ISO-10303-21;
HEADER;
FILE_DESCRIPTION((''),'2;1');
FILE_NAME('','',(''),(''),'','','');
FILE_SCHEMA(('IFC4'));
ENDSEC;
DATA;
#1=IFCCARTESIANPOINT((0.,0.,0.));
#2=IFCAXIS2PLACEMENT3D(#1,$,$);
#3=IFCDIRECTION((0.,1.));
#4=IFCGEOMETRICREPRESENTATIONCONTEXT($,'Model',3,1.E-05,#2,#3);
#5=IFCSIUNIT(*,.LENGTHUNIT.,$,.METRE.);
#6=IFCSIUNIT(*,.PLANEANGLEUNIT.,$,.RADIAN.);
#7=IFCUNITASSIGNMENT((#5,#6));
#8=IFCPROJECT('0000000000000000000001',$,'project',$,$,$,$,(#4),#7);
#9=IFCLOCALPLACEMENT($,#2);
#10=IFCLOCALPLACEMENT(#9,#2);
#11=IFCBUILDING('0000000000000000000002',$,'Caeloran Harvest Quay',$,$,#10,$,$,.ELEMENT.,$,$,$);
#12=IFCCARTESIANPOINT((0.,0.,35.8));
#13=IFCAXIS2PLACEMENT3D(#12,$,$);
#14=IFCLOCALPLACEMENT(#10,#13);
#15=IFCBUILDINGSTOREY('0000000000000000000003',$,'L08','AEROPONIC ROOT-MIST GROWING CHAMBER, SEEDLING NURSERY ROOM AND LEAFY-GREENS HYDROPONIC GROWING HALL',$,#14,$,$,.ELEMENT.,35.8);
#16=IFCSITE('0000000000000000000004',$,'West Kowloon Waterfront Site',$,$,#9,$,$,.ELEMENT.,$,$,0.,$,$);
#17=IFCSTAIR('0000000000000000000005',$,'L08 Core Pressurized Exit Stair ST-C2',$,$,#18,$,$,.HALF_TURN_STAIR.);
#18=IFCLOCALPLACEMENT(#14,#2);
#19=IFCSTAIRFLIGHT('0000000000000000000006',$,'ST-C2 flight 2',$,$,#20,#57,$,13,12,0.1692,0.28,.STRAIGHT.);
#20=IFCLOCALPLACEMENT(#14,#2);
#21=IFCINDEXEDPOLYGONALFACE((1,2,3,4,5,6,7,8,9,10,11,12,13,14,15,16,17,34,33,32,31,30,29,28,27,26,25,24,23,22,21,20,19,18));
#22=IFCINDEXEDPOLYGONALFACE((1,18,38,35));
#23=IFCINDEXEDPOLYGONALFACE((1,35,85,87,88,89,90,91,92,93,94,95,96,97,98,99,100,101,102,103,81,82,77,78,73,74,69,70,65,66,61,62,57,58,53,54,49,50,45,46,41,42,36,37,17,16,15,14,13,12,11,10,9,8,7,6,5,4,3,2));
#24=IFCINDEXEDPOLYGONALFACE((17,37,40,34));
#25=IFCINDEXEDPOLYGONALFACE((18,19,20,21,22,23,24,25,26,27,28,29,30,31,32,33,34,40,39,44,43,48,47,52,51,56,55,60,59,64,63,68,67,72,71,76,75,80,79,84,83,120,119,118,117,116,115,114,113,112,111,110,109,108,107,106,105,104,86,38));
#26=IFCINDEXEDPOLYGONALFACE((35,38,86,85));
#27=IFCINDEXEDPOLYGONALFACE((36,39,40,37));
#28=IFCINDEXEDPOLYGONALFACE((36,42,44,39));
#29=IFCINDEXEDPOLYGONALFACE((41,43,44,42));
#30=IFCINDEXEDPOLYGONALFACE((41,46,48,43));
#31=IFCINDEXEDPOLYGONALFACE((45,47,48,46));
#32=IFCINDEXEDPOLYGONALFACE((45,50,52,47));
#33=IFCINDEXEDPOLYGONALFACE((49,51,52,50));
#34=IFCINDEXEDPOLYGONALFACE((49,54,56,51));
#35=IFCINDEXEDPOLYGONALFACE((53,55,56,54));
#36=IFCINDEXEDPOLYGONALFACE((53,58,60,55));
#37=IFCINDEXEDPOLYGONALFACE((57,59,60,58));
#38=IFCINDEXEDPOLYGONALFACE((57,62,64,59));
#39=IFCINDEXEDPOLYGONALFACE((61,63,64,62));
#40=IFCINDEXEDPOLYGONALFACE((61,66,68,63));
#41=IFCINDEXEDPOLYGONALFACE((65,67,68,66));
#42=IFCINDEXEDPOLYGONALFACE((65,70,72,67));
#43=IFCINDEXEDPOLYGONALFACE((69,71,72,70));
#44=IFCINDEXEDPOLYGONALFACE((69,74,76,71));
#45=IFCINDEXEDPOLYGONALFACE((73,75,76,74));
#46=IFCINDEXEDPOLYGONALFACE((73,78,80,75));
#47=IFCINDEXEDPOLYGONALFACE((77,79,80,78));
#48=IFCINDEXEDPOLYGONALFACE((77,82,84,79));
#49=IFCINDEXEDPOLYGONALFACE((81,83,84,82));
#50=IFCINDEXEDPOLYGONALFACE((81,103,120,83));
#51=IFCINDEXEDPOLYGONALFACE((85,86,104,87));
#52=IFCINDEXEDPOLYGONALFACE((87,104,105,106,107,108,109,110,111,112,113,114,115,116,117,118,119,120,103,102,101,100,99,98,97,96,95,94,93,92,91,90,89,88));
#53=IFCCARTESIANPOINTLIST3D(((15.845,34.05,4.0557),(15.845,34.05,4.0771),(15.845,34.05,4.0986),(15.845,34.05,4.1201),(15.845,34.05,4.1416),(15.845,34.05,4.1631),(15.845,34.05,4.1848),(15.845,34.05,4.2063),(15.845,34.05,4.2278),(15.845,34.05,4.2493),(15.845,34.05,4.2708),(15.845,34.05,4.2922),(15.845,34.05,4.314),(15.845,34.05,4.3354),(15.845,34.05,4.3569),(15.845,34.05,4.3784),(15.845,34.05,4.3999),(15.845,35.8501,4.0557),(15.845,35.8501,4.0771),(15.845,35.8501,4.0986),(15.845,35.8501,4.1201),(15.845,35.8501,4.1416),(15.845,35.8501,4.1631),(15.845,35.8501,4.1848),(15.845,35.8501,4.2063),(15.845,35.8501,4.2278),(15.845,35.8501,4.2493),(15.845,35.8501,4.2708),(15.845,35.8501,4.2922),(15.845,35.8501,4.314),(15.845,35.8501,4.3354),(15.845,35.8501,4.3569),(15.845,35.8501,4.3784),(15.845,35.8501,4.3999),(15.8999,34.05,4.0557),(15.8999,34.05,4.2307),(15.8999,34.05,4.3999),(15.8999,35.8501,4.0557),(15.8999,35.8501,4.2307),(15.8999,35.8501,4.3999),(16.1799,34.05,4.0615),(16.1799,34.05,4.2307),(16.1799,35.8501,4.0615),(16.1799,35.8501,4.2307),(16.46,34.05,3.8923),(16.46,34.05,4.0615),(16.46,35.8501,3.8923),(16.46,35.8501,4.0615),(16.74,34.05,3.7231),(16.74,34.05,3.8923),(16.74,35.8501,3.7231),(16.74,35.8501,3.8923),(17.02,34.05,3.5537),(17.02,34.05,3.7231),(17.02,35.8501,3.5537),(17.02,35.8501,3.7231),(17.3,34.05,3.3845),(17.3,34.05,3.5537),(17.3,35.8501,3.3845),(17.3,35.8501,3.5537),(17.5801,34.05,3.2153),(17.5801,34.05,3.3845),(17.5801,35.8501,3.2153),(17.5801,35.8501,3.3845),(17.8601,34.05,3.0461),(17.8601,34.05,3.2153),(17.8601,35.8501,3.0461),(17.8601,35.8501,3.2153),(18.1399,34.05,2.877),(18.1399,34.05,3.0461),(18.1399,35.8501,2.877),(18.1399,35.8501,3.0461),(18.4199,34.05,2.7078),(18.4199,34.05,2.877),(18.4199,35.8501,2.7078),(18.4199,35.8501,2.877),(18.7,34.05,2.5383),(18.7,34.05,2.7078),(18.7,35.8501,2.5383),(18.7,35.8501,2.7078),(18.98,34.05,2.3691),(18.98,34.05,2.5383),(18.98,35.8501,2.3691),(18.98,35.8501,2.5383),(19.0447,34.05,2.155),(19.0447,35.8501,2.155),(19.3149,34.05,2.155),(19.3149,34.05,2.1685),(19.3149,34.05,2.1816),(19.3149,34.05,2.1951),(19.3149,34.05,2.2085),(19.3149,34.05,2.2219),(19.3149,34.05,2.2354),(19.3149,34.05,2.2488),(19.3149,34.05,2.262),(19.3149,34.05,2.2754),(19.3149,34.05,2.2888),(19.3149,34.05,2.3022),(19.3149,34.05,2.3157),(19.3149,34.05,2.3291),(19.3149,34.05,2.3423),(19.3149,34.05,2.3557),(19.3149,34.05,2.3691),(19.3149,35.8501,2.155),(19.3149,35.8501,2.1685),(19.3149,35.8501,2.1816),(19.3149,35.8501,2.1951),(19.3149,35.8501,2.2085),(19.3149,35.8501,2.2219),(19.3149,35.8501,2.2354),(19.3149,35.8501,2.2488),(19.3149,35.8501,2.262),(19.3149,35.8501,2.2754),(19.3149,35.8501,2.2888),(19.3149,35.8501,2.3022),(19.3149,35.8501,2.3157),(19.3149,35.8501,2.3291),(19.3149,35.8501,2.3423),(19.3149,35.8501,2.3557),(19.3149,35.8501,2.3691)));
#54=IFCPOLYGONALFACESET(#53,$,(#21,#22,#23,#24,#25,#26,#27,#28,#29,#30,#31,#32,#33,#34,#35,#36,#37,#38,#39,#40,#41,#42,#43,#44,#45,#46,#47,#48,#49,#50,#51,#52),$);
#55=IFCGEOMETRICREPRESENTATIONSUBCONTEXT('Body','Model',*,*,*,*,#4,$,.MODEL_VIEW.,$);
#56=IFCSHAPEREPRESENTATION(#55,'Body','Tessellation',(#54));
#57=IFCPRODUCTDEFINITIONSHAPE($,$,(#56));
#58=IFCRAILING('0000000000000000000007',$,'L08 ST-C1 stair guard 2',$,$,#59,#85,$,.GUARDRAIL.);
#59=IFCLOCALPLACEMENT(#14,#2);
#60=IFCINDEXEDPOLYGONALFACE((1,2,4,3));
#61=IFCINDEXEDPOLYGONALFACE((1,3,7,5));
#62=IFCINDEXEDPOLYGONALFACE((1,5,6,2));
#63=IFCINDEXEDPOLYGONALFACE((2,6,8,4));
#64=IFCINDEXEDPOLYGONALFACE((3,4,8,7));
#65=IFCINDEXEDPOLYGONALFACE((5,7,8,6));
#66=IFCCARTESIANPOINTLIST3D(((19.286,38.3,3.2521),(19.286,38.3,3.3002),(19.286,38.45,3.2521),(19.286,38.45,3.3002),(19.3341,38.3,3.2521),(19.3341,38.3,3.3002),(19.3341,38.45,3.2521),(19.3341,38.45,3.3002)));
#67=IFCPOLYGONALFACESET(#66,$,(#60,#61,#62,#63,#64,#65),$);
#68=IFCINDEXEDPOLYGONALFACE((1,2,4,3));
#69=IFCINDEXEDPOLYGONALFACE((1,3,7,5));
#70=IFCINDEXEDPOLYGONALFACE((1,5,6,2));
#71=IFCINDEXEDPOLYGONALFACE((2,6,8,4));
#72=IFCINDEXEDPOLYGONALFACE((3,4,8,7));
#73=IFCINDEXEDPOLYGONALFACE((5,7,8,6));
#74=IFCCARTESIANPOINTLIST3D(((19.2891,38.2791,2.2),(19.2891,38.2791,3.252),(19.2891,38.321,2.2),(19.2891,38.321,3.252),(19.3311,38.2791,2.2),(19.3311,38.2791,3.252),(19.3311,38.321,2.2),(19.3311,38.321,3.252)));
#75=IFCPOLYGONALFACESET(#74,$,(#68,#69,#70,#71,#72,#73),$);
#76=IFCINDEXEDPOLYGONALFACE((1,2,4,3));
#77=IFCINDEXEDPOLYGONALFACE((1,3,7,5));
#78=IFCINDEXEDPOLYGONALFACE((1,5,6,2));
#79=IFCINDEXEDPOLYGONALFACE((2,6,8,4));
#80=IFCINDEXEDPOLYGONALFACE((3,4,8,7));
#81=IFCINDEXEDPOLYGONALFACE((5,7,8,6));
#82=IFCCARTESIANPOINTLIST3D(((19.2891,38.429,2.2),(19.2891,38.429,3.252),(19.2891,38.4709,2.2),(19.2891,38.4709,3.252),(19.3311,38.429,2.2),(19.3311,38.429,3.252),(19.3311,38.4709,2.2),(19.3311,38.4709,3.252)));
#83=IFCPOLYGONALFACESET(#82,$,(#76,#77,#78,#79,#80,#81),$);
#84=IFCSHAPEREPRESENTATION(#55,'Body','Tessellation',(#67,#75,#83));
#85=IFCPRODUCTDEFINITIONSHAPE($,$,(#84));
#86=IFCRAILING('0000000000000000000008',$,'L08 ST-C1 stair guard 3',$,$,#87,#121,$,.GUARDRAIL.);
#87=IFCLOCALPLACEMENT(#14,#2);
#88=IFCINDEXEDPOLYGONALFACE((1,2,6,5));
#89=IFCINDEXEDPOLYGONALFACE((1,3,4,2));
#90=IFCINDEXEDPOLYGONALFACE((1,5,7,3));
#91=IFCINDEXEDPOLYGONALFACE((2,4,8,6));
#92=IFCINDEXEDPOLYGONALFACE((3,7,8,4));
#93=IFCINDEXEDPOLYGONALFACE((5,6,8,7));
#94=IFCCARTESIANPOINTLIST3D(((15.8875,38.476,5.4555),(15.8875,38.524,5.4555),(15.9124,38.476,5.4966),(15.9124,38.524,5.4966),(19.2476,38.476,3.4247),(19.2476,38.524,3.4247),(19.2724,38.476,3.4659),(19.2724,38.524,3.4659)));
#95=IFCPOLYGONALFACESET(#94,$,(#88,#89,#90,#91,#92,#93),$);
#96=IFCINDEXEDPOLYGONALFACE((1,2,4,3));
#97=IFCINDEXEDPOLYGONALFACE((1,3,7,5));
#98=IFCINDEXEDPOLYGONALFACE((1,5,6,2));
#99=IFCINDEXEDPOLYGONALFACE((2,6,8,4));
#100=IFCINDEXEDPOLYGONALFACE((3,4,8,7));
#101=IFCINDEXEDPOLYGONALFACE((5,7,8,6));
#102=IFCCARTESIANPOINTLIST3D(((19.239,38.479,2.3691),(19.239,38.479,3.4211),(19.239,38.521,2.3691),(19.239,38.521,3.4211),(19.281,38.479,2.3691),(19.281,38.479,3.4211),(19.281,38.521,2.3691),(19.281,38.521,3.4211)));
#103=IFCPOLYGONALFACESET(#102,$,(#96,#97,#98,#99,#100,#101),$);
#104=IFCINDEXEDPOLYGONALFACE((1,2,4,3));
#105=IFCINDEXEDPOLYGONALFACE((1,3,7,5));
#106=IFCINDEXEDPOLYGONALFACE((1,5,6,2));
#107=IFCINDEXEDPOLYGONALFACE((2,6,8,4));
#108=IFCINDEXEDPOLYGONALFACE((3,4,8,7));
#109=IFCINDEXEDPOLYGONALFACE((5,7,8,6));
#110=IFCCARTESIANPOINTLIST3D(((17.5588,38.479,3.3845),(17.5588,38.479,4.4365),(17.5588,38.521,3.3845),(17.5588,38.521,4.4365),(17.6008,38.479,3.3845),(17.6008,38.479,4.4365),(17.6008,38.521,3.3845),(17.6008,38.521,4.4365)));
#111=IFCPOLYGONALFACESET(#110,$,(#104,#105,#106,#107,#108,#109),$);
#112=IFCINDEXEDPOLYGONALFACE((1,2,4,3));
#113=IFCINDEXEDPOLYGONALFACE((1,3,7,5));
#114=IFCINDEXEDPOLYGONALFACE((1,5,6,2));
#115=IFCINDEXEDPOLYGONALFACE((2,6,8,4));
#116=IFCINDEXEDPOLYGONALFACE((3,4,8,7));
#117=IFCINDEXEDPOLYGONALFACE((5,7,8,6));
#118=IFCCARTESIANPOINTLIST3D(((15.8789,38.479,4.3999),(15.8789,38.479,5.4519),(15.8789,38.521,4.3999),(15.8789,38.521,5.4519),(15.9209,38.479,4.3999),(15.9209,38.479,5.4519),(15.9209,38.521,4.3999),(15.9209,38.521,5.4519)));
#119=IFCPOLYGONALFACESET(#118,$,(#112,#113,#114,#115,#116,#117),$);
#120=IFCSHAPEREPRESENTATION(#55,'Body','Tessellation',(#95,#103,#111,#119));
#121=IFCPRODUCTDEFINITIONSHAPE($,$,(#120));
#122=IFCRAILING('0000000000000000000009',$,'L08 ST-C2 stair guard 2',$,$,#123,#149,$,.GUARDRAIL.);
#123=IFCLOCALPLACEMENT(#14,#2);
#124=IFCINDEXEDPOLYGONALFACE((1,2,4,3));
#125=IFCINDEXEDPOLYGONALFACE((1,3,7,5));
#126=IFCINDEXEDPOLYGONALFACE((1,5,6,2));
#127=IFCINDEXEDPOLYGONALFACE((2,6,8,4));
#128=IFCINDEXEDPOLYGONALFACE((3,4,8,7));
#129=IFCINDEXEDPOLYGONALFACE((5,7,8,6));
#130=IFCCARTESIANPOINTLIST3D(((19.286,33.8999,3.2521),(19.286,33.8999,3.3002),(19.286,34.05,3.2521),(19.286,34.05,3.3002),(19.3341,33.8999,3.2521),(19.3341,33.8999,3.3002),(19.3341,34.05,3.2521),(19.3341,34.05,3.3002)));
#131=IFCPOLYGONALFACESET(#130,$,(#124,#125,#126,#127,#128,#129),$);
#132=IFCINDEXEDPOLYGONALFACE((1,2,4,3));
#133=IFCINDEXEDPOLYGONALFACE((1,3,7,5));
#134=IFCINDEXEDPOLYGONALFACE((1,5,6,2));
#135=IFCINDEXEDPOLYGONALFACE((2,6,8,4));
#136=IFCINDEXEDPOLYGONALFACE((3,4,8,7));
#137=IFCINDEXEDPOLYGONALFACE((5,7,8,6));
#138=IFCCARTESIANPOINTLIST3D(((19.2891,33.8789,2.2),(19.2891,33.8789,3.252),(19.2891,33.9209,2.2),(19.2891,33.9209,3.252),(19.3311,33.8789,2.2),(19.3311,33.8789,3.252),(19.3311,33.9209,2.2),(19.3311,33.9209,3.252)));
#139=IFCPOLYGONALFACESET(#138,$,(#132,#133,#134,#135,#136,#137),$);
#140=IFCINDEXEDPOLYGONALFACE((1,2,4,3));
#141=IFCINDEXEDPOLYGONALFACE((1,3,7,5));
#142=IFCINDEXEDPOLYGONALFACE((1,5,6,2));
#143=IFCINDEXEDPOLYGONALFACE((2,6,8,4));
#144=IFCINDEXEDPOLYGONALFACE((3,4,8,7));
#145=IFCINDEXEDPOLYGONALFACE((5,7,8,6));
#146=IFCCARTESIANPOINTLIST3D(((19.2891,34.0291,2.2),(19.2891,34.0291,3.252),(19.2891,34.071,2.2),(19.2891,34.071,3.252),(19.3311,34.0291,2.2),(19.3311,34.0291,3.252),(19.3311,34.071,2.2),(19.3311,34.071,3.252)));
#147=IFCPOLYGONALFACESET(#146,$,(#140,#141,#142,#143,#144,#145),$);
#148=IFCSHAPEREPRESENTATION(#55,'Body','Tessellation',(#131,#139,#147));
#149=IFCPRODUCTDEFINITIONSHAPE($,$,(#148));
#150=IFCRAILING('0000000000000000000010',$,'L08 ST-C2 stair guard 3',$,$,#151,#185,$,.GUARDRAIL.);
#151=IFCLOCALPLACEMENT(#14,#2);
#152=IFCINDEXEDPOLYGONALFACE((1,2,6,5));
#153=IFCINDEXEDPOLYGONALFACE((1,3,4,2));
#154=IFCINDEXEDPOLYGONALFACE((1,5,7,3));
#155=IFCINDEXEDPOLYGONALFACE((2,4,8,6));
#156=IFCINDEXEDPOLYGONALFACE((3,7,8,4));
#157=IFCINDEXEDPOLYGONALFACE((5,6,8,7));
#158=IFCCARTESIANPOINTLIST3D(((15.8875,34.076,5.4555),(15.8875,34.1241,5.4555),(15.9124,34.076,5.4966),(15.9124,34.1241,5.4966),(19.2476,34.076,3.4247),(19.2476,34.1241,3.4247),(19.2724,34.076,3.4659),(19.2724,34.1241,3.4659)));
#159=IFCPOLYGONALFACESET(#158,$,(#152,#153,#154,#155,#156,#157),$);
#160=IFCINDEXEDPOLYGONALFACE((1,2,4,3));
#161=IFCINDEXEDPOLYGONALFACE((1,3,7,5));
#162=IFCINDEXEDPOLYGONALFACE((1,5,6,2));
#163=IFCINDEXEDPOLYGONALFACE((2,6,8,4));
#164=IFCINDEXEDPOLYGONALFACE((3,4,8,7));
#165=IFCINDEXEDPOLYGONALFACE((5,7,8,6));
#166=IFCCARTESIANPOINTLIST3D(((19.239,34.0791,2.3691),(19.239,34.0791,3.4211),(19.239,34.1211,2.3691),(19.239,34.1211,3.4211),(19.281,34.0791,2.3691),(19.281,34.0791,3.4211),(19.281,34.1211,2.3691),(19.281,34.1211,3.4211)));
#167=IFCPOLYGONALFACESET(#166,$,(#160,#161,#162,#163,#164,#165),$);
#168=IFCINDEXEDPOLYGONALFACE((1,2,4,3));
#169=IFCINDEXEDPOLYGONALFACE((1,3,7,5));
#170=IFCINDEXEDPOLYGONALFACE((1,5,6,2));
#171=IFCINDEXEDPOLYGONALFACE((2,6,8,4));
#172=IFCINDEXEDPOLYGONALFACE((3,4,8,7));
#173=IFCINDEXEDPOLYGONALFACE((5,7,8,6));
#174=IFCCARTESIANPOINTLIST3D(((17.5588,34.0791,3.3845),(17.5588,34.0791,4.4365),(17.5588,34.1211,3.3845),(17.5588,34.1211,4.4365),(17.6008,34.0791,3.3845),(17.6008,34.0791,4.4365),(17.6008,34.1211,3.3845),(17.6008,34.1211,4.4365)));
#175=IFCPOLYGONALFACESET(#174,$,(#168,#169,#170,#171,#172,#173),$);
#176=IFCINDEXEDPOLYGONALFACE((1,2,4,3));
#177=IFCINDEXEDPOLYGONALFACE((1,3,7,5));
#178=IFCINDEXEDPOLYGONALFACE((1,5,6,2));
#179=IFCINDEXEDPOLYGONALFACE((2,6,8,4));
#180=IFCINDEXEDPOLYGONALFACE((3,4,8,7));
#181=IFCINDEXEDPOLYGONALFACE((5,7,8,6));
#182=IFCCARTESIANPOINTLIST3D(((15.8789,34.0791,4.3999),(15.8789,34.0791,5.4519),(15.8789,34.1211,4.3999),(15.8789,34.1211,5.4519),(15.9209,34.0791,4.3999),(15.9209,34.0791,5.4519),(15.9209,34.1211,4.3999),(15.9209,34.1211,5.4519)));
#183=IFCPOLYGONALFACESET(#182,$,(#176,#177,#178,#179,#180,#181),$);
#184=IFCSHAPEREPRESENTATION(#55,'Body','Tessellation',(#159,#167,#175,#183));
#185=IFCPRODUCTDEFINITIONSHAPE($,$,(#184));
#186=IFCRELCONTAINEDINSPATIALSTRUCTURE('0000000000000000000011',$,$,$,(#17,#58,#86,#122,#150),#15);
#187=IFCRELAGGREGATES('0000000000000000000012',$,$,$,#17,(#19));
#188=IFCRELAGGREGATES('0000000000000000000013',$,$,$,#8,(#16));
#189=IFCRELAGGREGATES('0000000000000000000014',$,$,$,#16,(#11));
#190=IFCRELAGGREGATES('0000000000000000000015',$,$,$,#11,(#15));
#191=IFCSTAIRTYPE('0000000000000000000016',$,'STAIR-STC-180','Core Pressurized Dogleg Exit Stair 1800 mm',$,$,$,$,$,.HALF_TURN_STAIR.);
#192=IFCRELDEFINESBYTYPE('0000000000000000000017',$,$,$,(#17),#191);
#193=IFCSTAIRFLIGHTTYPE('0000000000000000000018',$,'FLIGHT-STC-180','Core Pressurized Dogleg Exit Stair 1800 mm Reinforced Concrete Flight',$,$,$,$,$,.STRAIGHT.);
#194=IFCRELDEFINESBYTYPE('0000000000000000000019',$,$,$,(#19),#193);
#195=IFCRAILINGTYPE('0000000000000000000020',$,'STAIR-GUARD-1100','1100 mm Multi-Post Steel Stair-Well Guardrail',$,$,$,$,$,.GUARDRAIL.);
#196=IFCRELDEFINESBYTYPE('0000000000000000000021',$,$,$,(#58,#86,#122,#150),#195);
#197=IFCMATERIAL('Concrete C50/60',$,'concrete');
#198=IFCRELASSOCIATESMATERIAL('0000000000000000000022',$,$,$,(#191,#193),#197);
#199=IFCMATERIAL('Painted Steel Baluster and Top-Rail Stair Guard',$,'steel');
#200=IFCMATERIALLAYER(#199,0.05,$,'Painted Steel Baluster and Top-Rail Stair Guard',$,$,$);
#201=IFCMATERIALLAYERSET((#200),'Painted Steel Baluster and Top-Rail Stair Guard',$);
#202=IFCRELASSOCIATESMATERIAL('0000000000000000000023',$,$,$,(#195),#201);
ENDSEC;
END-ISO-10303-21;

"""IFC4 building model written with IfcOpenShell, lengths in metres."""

from ifc_helpers import new_model, si_unit, direction, frame, origin, origin_2d, place, context, subcontext, project, spatial, polyline, rectangle, outline, extrude, material, layer, layer_set, type_object, element, aggregate, save


model = new_model("IFC4")

# Units and contexts
model_context = context("Model", 3, precision=1e-05, world=origin(), true_north=direction((0.0, 1.0)))
body_context = subcontext(model_context, "Body", "Model", "MODEL_VIEW")
ifc_project = project(units=[si_unit("LENGTHUNIT", "METRE"), si_unit("PLANEANGLEUNIT", "RADIAN")], contexts=[model_context])

# Site, building, storey
site_placement = place(None, origin())
site = spatial("IfcSite", under=ifc_project, at=site_placement, Name="West Kowloon Waterfront Site", CompositionType="ELEMENT", RefElevation=0.0)
building_placement = place(site_placement, origin())
building = spatial("IfcBuilding", under=site, at=building_placement, Name="Caeloran Harvest Quay", CompositionType="ELEMENT")
storey_placement = place(building_placement, frame((0.0, 0.0, 35.8)))
storey = spatial("IfcBuildingStorey", under=building, at=storey_placement, Name="L08", Description="AEROPONIC ROOT-MIST GROWING CHAMBER, SEEDLING NURSERY ROOM AND LEAFY-GREENS HYDROPONIC GROWING HALL", CompositionType="ELEMENT", Elevation=35.8)

# Shared definitions
ifc_material_1 = material(Name="Concrete C50/60", Category="concrete")

# Stair, stair flight
stair_type = type_object("IfcStairType", Name="STAIR-STC-180", Description="Core Pressurized Dogleg Exit Stair 1800 mm", PredefinedType="HALF_TURN_STAIR", material=ifc_material_1)
stair_flight_type = type_object("IfcStairFlightType", Name="FLIGHT-STC-180", Description="Core Pressurized Dogleg Exit Stair 1800 mm Reinforced Concrete Flight", PredefinedType="STRAIGHT", material=ifc_material_1)
stair_1_placement = place(storey_placement, origin())
stair_1 = element("IfcStair", 1, at=stair_1_placement, inside=storey, type_object=stair_type, Name="L08 Core Pressurized Exit Stair ST-C2", PredefinedType="HALF_TURN_STAIR")
stair_flight_1_placement = place(storey_placement, frame((19.26, 34.95, 2.2), z_axis=(0.0, 0.0, 1.0), x_axis=(-1.0, 0.0, 0.0)))
stair_flight_1 = element("IfcStairFlight", 2, at=stair_flight_1_placement, type_object=stair_flight_type, Name="ST-C2 flight 2", NumberOfRisers=13, NumberOfTreads=12, PredefinedType="STRAIGHT", RiserHeight=0.1692, TreadLength=0.28, context=body_context, shape_type="SweptSolid", body=[
    extrude(outline(polyline([(-0.0549, -0.0449), (-0.0549, -0.0315), (-0.0549, -0.0183), (-0.0549, -0.0049), (-0.0549, 0.0085), (-0.0549, 0.022), (-0.0549, 0.0354), (-0.0549, 0.0488), (-0.0549, 0.062), (-0.0549, 0.0754), (-0.0549, 0.0889), (-0.0549, 0.1023), (-0.0549, 0.1157), (-0.0549, 0.1292), (-0.0549, 0.1423), (-0.0549, 0.1558), (-0.0549, 0.1692), (0.28, 0.1692), (0.28, 0.3384), (0.5601, 0.3384), (0.5601, 0.5078), (0.8401, 0.5078), (0.8401, 0.677), (1.1201, 0.677), (1.1201, 0.8462), (1.3999, 0.8462), (1.3999, 1.0154), (1.6799, 1.0154), (1.6799, 1.1846), (1.96, 1.1846), (1.96, 1.3538), (2.24, 1.3538), (2.24, 1.5232), (2.52, 1.5232), (2.52, 1.6924), (2.8, 1.6924), (2.8, 1.8616), (3.0801, 1.8616), (3.0801, 2.0308), (3.3601, 2.0308), (3.3601, 2.2), (3.415, 2.2), (3.415, 2.1785), (3.415, 2.157), (3.415, 2.1355), (3.415, 2.114), (3.415, 2.0923), (3.415, 2.0708), (3.415, 2.0493), (3.415, 2.0278), (3.415, 2.0063), (3.415, 1.9849), (3.415, 1.9631), (3.415, 1.9417), (3.415, 1.9202), (3.415, 1.8987), (3.415, 1.8772), (3.415, 1.8557), (3.3601, 1.8557), (0.2153, -0.0449), (-0.0549, -0.0449)])), frame((0.0, 0.8999, 0.0), z_axis=(0.0, -1.0, 0.0), x_axis=(1.0, 0.0, 0.0)), (0.0, 0.0, 1.0), 1.8),
])
aggregate(stair_1, [stair_flight_1])

# Railings
ifc_material_2 = material(Name="Painted Steel Baluster and Top-Rail Stair Guard", Category="steel")
ifc_layer_1 = layer(ifc_material_2, 0.05, Name="Painted Steel Baluster and Top-Rail Stair Guard")
ifc_layer_set_1 = layer_set([ifc_layer_1], Name="Painted Steel Baluster and Top-Rail Stair Guard")
railing_type_1 = type_object("IfcRailingType", Name="STAIR-GUARD-1100", Description="1100 mm Multi-Post Steel Stair-Well Guardrail", PredefinedType="GUARDRAIL", material=ifc_layer_set_1)
railing_1_placement = place(storey_placement, frame((19.3101, 38.3, 2.2)))
element("IfcRailing", 3, at=railing_1_placement, inside=storey, type_object=railing_type_1, Name="L08 ST-C1 stair guard 2", PredefinedType="GUARDRAIL", context=body_context, shape_type="SweptSolid", body=[
    extrude(rectangle(XDim=0.0481, YDim=0.0481, at=origin_2d()), frame((0.0, 0.0, 1.0762), z_axis=(0.0, 1.0, 0.0), x_axis=(-1.0, 0.0, 0.0)), (0.0, 0.0, 1.0), 0.1499),
    extrude(rectangle(XDim=0.042, YDim=0.042, at=origin_2d()), origin(), (0.0, 0.0, 1.0), 1.052),
    extrude(rectangle(XDim=0.042, YDim=0.042, at=origin_2d()), frame((0.0, 0.1499, 0.0)), (0.0, 0.0, 1.0), 1.052),
])
railing_2_placement = place(storey_placement, frame((19.26, 38.5, 2.3691)))
element("IfcRailing", 4, at=railing_2_placement, inside=storey, type_object=railing_type_1, Name="L08 ST-C1 stair guard 3", PredefinedType="GUARDRAIL", context=body_context, shape_type="SweptSolid", body=[
    extrude(rectangle(XDim=0.0481, YDim=0.0481, at=origin_2d()), frame((0.0, 0.0, 1.0762), z_axis=(-0.855837, 0.0, 0.517246), x_axis=(0.0, -1.0, 0.0)), (0.0, 0.0, 1.0), 3.926),
    extrude(rectangle(XDim=0.042, YDim=0.042, at=origin_2d()), origin(), (0.0, 0.0, 1.0), 1.052),
    extrude(rectangle(XDim=0.042, YDim=0.042, at=origin_2d()), frame((-1.6802, 0.0, 1.0154)), (0.0, 0.0, 1.0), 1.052),
    extrude(rectangle(XDim=0.042, YDim=0.042, at=origin_2d()), frame((-3.3601, 0.0, 2.0308)), (0.0, 0.0, 1.0), 1.052),
])
railing_3_placement = place(storey_placement, frame((19.3101, 33.8999, 2.2)))
element("IfcRailing", 5, at=railing_3_placement, inside=storey, type_object=railing_type_1, Name="L08 ST-C2 stair guard 2", PredefinedType="GUARDRAIL", context=body_context, shape_type="SweptSolid", body=[
    extrude(rectangle(XDim=0.0481, YDim=0.0481, at=origin_2d()), frame((0.0, 0.0, 1.0762), z_axis=(0.0, 1.0, 0.0), x_axis=(-1.0, 0.0, 0.0)), (0.0, 0.0, 1.0), 0.1501),
    extrude(rectangle(XDim=0.042, YDim=0.042, at=origin_2d()), origin(), (0.0, 0.0, 1.0), 1.052),
    extrude(rectangle(XDim=0.042, YDim=0.042, at=origin_2d()), frame((0.0, 0.1501, 0.0)), (0.0, 0.0, 1.0), 1.052),
])
railing_4_placement = place(storey_placement, frame((19.26, 34.1001, 2.3691)))
element("IfcRailing", 6, at=railing_4_placement, inside=storey, type_object=railing_type_1, Name="L08 ST-C2 stair guard 3", PredefinedType="GUARDRAIL", context=body_context, shape_type="SweptSolid", body=[
    extrude(rectangle(XDim=0.0481, YDim=0.0481, at=origin_2d()), frame((0.0, 0.0, 1.0762), z_axis=(-0.855837, 0.0, 0.517246), x_axis=(0.0, -1.0, 0.0)), (0.0, 0.0, 1.0), 3.926),
    extrude(rectangle(XDim=0.042, YDim=0.042, at=origin_2d()), origin(), (0.0, 0.0, 1.0), 1.052),
    extrude(rectangle(XDim=0.042, YDim=0.042, at=origin_2d()), frame((-1.6802, 0.0, 1.0154)), (0.0, 0.0, 1.0), 1.052),
    extrude(rectangle(XDim=0.042, YDim=0.042, at=origin_2d()), frame((-3.3601, 0.0, 2.0308)), (0.0, 0.0, 1.0), 1.052),
])

save(model, "model.ifc")
